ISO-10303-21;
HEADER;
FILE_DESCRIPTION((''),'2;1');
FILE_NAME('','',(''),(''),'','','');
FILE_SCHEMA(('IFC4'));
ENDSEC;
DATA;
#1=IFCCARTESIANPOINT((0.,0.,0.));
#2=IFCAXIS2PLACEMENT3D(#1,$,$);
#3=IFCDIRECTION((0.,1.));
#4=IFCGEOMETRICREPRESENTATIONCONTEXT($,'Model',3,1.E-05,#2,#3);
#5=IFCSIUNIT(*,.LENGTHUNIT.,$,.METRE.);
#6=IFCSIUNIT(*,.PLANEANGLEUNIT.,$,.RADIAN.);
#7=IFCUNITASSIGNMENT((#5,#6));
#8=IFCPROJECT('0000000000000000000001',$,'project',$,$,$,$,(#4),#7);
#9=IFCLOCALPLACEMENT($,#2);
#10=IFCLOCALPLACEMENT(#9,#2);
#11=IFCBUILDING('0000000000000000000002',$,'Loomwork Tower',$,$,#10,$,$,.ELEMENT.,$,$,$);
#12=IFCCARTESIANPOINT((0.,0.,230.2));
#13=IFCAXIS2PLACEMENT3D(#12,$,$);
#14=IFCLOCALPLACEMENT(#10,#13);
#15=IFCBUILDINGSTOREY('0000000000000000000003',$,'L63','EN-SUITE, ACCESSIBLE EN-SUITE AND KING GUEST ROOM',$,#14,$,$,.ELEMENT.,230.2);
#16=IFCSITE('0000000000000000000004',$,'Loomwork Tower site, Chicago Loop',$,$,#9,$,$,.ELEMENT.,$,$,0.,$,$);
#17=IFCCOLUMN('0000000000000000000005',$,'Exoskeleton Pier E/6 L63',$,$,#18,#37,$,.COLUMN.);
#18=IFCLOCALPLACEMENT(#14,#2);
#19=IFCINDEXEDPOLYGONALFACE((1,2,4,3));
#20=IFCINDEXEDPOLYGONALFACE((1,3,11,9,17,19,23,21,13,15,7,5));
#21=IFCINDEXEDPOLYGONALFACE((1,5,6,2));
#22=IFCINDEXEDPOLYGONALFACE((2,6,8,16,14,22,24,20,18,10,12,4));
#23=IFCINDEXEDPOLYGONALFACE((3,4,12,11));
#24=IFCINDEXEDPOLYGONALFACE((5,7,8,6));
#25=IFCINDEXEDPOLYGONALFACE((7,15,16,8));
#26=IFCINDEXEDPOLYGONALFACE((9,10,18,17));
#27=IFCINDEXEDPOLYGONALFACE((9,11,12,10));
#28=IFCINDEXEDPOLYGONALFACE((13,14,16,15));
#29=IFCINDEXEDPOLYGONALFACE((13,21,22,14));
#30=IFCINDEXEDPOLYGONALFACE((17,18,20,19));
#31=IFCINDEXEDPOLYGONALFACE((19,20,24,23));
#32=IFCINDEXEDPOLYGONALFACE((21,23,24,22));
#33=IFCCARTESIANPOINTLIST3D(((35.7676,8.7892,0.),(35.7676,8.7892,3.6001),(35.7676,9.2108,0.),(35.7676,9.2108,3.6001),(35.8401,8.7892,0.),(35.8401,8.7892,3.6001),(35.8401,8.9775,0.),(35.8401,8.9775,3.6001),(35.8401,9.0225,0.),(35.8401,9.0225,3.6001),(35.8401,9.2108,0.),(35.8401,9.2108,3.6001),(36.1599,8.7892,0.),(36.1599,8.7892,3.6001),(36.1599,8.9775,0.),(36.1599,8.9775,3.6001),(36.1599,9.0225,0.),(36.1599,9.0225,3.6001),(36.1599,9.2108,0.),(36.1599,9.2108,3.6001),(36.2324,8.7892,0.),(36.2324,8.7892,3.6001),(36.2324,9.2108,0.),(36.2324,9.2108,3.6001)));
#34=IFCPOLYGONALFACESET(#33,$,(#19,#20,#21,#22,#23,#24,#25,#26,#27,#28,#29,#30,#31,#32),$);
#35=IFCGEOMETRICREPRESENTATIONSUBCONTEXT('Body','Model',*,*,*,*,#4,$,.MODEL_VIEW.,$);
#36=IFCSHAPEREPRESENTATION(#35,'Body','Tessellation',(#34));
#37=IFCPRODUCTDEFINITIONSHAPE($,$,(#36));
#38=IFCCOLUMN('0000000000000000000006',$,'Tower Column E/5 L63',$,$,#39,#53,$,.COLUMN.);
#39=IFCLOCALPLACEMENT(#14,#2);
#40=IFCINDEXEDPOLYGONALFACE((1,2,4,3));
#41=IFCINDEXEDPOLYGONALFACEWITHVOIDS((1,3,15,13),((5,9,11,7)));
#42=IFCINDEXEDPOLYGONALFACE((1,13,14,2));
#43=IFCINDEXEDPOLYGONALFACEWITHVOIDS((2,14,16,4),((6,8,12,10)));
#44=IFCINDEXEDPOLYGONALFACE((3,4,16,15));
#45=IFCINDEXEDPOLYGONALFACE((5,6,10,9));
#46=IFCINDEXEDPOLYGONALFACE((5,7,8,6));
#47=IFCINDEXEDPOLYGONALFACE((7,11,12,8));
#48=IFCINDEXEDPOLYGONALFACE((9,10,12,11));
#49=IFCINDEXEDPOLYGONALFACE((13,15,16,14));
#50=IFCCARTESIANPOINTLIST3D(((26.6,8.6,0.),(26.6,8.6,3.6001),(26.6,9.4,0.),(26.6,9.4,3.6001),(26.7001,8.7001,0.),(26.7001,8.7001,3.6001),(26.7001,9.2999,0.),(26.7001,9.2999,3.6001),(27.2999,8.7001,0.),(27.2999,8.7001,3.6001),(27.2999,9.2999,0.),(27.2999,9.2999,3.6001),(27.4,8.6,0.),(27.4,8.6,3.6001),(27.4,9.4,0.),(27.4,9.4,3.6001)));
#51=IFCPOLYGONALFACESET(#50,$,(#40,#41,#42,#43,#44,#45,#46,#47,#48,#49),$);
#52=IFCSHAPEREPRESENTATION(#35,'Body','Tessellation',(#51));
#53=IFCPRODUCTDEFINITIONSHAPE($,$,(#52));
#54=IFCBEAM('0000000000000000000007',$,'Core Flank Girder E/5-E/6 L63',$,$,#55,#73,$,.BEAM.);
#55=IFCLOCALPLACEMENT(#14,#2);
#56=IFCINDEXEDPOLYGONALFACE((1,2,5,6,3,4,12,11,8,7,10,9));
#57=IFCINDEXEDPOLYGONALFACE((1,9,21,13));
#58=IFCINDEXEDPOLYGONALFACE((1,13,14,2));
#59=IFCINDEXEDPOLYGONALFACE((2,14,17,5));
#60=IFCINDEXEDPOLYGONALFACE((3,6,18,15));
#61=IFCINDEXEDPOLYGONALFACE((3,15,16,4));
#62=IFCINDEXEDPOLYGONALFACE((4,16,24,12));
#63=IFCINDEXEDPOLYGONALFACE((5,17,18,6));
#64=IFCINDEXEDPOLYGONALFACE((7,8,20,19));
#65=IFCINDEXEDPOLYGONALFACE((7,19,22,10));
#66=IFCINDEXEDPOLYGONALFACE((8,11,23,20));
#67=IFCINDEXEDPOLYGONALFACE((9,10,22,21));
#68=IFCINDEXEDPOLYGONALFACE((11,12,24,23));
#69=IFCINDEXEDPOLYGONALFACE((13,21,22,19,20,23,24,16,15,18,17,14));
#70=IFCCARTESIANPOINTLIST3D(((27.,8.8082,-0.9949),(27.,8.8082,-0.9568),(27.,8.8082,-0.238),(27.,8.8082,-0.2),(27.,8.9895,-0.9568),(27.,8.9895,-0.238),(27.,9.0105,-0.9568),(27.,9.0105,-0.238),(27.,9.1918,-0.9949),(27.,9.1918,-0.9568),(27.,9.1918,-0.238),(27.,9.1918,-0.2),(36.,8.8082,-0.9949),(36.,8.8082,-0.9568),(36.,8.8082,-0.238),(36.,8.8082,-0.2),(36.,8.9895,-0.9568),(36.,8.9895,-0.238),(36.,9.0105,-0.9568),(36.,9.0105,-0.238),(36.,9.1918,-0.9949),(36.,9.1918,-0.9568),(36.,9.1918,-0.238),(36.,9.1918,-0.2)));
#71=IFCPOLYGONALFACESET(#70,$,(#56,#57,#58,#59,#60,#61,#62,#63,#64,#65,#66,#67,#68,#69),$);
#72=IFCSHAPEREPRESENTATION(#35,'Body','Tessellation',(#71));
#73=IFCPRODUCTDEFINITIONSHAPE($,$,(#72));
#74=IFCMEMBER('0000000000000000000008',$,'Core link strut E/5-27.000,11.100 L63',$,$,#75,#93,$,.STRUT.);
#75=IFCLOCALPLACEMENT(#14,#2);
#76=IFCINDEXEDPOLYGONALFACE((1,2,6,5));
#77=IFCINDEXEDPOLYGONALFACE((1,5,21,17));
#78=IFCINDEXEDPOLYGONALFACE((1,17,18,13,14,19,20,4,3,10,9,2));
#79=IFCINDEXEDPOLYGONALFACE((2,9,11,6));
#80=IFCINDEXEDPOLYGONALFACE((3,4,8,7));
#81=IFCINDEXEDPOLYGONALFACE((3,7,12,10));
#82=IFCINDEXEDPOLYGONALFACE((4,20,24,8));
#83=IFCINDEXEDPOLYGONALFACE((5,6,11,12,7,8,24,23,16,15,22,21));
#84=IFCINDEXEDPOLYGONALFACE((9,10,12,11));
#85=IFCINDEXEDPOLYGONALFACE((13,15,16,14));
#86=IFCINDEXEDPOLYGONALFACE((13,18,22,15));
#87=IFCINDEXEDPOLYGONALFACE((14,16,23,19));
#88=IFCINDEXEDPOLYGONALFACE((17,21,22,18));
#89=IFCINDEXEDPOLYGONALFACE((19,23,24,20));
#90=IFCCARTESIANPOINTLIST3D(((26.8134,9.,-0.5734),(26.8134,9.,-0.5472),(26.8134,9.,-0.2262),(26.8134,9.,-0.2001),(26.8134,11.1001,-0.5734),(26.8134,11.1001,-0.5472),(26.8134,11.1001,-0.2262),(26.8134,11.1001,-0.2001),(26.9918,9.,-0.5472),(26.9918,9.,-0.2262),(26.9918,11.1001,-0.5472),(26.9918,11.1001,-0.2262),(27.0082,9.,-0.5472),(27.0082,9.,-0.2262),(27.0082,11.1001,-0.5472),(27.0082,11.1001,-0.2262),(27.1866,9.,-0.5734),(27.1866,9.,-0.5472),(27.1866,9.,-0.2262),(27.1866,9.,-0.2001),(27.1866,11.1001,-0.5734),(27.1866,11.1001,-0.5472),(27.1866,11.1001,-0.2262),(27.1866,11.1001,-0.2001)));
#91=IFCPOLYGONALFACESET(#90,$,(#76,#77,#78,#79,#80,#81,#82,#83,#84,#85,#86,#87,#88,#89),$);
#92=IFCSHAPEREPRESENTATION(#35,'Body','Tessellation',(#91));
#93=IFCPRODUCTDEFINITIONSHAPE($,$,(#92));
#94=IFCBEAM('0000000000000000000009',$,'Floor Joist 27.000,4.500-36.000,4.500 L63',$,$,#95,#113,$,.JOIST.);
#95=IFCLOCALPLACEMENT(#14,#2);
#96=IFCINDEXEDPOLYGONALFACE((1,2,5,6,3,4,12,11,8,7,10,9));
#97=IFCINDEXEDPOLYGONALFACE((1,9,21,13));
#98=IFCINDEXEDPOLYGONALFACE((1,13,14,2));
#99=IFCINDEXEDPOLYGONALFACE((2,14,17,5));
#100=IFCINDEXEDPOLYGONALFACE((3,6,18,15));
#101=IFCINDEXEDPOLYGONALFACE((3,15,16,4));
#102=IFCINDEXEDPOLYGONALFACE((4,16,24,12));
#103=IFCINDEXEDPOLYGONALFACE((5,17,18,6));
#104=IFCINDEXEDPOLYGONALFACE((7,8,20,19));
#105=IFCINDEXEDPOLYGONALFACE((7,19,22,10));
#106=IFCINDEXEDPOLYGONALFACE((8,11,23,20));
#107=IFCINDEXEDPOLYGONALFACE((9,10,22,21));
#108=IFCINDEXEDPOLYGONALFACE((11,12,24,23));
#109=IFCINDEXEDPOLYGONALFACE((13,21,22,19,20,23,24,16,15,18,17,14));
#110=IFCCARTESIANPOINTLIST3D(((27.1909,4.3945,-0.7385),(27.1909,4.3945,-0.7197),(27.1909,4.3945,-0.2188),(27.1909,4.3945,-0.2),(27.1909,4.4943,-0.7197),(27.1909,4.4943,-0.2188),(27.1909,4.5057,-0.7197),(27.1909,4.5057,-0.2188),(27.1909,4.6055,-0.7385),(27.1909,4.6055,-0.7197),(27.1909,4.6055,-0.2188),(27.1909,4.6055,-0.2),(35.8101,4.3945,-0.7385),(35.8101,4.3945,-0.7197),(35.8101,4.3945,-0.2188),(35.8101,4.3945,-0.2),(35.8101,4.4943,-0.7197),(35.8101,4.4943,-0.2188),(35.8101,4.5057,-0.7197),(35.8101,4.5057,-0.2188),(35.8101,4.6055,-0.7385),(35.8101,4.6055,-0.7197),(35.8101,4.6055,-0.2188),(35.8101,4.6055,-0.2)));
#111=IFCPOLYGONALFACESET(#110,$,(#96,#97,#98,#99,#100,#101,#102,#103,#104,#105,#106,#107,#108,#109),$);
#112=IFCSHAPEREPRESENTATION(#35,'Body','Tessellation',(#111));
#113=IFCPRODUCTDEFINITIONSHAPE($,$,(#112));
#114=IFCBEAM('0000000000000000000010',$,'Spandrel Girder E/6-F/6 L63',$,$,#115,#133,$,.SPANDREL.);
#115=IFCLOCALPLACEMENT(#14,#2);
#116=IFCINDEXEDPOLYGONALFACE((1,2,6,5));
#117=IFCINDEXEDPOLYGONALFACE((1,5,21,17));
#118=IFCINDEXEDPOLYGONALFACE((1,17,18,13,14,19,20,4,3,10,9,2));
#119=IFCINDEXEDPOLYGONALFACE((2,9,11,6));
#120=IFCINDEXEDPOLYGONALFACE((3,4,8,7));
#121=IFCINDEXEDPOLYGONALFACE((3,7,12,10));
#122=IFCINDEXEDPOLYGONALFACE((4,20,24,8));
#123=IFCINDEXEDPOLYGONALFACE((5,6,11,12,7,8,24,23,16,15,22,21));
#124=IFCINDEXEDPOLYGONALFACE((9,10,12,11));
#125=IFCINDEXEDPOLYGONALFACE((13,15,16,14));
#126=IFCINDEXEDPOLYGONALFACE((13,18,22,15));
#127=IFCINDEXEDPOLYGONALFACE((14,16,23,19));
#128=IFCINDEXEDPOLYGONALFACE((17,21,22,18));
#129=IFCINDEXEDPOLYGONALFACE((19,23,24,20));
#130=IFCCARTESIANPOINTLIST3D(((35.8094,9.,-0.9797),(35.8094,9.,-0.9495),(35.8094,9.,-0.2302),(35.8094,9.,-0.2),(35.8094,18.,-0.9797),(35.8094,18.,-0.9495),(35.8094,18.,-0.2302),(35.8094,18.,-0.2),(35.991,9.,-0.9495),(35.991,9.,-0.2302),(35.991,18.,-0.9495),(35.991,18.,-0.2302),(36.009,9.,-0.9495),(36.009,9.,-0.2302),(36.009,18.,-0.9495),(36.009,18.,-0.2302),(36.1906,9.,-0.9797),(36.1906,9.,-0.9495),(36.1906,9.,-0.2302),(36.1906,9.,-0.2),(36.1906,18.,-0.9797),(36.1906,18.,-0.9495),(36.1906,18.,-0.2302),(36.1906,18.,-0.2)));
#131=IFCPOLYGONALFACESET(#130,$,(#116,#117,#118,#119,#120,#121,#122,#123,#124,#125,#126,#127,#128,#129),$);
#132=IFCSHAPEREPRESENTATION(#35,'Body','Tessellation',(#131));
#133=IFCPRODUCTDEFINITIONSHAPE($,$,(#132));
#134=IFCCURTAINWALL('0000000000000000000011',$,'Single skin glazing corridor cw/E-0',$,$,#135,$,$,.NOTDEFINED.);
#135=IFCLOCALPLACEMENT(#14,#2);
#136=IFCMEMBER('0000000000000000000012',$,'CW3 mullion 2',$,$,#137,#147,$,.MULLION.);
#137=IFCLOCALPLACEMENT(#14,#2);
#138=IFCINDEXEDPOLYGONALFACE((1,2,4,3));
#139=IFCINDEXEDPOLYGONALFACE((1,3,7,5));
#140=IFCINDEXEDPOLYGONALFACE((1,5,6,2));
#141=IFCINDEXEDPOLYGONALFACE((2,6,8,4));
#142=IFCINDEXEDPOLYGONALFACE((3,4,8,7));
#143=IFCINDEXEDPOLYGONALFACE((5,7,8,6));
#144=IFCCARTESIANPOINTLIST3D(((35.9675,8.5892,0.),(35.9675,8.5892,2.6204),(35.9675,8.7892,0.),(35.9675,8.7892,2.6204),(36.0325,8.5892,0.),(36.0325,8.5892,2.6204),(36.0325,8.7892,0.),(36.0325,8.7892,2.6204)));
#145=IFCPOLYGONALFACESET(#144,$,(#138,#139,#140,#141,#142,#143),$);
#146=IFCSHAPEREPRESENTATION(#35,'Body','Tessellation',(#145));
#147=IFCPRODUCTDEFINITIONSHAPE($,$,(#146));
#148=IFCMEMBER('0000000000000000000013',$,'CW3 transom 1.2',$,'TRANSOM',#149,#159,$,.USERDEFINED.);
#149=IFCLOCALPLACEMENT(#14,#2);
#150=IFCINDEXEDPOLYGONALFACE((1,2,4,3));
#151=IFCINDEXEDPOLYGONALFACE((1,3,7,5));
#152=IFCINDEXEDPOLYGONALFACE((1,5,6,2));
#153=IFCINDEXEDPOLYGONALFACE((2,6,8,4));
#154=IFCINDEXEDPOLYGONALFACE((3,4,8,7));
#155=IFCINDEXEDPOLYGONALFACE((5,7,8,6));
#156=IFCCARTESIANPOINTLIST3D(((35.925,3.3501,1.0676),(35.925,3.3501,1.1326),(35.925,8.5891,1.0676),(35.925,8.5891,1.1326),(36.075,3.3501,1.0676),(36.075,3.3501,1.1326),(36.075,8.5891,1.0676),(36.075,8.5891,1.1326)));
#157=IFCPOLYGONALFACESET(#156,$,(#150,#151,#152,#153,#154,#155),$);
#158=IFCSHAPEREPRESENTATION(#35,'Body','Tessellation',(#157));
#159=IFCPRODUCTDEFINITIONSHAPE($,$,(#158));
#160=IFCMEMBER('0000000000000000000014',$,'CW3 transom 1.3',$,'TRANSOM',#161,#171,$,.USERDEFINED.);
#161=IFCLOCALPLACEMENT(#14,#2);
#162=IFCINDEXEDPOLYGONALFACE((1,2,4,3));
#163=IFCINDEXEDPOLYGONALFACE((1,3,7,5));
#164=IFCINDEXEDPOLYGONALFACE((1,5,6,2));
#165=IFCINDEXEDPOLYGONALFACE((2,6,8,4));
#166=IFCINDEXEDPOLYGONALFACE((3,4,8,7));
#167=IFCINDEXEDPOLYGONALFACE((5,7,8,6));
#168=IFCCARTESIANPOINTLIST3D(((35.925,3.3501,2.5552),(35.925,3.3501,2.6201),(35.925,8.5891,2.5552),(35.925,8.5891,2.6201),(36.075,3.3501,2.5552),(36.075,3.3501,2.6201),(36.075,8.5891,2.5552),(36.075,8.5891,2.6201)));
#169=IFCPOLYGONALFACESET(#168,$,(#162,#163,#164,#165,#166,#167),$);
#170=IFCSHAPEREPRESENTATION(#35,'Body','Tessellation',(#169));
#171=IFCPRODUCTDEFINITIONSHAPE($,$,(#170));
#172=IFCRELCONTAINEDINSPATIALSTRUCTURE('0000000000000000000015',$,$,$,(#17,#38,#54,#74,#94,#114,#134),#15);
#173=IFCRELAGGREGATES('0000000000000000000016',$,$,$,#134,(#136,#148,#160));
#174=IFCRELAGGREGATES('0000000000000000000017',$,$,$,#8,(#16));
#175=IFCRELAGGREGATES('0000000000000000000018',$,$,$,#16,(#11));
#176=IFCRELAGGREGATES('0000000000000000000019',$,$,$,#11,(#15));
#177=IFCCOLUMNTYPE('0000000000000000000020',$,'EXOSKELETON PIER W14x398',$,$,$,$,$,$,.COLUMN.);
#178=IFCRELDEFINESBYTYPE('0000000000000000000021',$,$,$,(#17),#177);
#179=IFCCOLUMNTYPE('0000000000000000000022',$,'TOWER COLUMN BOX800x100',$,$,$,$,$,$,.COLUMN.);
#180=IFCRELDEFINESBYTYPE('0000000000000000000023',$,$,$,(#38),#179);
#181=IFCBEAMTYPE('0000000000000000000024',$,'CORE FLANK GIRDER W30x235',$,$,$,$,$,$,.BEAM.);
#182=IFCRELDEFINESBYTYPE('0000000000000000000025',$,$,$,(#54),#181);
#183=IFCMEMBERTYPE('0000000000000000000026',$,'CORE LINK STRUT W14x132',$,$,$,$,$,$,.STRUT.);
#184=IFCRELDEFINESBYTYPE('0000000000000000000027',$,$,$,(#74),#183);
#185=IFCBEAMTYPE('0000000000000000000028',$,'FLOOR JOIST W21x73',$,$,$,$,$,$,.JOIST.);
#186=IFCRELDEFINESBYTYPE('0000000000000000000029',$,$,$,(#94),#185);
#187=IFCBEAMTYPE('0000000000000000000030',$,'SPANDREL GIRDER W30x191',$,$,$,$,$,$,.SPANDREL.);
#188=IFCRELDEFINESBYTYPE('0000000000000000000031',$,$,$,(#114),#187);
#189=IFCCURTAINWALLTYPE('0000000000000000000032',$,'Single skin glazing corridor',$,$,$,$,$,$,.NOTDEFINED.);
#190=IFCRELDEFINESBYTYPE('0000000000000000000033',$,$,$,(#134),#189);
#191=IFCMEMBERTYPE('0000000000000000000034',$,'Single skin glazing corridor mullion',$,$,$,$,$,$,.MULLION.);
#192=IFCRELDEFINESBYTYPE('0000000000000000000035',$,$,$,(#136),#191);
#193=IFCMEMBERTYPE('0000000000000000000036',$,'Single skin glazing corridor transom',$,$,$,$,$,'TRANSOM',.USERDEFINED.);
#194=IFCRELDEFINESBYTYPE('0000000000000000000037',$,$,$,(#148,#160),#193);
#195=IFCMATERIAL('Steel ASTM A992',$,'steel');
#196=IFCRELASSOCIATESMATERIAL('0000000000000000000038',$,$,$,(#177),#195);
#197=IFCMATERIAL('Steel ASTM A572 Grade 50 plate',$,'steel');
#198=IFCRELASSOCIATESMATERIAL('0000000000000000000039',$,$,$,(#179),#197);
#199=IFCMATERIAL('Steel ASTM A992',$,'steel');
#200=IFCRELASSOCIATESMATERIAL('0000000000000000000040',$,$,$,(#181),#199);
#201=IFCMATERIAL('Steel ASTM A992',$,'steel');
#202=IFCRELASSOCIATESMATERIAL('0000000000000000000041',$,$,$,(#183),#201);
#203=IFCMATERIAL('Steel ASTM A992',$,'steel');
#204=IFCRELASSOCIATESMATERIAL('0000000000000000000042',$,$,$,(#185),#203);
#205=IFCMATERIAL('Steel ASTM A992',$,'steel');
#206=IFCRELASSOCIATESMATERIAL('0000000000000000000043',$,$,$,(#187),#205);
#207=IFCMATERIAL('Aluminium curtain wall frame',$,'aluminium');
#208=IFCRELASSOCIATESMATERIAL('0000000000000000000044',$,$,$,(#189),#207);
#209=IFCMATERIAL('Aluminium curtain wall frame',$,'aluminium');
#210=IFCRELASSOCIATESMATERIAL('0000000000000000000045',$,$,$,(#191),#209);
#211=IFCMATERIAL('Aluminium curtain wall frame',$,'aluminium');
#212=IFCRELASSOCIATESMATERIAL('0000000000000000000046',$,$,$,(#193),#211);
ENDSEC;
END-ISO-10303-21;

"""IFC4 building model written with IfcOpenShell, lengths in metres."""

from ifc_helpers import new_model, si_unit, direction, frame, origin, origin_2d, place, context, subcontext, project, spatial, rectangle, hollow_rectangle, i_section, extrude, material, material_profile, profile_set, type_object, element, aggregate, save


model = new_model("IFC4")

# Units and contexts
model_context = context("Model", 3, precision=1e-05, world=origin(), true_north=direction((0.0, 1.0)))
body_context = subcontext(model_context, "Body", "Model", "MODEL_VIEW")
ifc_project = project(units=[si_unit("LENGTHUNIT", "METRE"), si_unit("PLANEANGLEUNIT", "RADIAN")], contexts=[model_context])

# Site, building, storey
site_placement = place(None, origin())
site = spatial("IfcSite", under=ifc_project, at=site_placement, Name="Loomwork Tower site, Chicago Loop", CompositionType="ELEMENT", RefElevation=0.0)
building_placement = place(site_placement, origin())
building = spatial("IfcBuilding", under=site, at=building_placement, Name="Loomwork Tower", CompositionType="ELEMENT")
storey_placement = place(building_placement, frame((0.0, 0.0, 230.2)))
storey = spatial("IfcBuildingStorey", under=building, at=storey_placement, Name="L63", Description="EN-SUITE, ACCESSIBLE EN-SUITE AND KING GUEST ROOM", CompositionType="ELEMENT", Elevation=230.2)

# Columns
ifc_material_1 = material(Name="Steel ASTM A992", Category="steel")
ifc_material_profile_1 = material_profile(ifc_material_1, i_section(OverallWidth=0.4216, OverallDepth=0.4648, WebThickness=0.0449, FlangeThickness=0.0725, at=origin_2d()), Name="W14x398")
ifc_profile_set_1 = profile_set([ifc_material_profile_1], Name="Steel ASTM A992")
column_type_1 = type_object("IfcColumnType", Name="EXOSKELETON PIER W14x398", PredefinedType="COLUMN", material=ifc_profile_set_1)
column_1_placement = place(storey_placement, frame((36.0, 9.0, 0.0), z_axis=(0.0, 0.0, 1.0), x_axis=(0.0, 1.0, 0.0)))
element("IfcColumn", 1, at=column_1_placement, inside=storey, type_object=column_type_1, Name="Exoskeleton Pier E/6 L63", PredefinedType="COLUMN", context=body_context, shape_type="SweptSolid", body=[
    extrude(i_section(OverallWidth=0.4216, OverallDepth=0.4648, WebThickness=0.0449, FlangeThickness=0.0725, at=origin_2d()), origin(), (0.0, 0.0, 1.0), 3.6001),
])
ifc_material_2 = material(Name="Steel ASTM A572 Grade 50 plate", Category="steel")
ifc_material_profile_2 = material_profile(ifc_material_2, hollow_rectangle(XDim=0.8, YDim=0.8, WallThickness=0.1001, at=origin_2d()), Name="BOX800x100")
ifc_profile_set_2 = profile_set([ifc_material_profile_2], Name="Steel ASTM A572 Grade 50 plate")
column_type_2 = type_object("IfcColumnType", Name="TOWER COLUMN BOX800x100", PredefinedType="COLUMN", material=ifc_profile_set_2)
column_2_placement = place(storey_placement, frame((27.0, 9.0, 0.0), z_axis=(0.0, 0.0, 1.0), x_axis=(1.0, 0.0, 0.0)))
element("IfcColumn", 2, at=column_2_placement, inside=storey, type_object=column_type_2, Name="Tower Column E/5 L63", PredefinedType="COLUMN", context=body_context, shape_type="SweptSolid", body=[
    extrude(hollow_rectangle(XDim=0.8, YDim=0.8, WallThickness=0.1001, at=origin_2d()), origin(), (0.0, 0.0, 1.0), 3.6001),
])

# Beam
ifc_material_3 = material(Name="Steel ASTM A992", Category="steel")
ifc_material_profile_3 = material_profile(ifc_material_3, i_section(OverallWidth=0.3835, OverallDepth=0.7949, WebThickness=0.021, FlangeThickness=0.0381, at=origin_2d()), Name="W30x235")
ifc_profile_set_3 = profile_set([ifc_material_profile_3], Name="Steel ASTM A992")
beam_type_1 = type_object("IfcBeamType", Name="CORE FLANK GIRDER W30x235", PredefinedType="BEAM", material=ifc_profile_set_3)
beam_1_placement = place(storey_placement, frame((27.0, 9.0, -0.5974), z_axis=(1.0, 0.0, 0.0), x_axis=(0.0, 1.0, 0.0)))
element("IfcBeam", 3, at=beam_1_placement, inside=storey, type_object=beam_type_1, Name="Core Flank Girder E/5-E/6 L63", PredefinedType="BEAM", context=body_context, shape_type="SweptSolid", body=[
    extrude(i_section(OverallWidth=0.3835, OverallDepth=0.7949, WebThickness=0.021, FlangeThickness=0.0381, at=origin_2d()), origin(), (0.0, 0.0, 1.0), 9.0),
])

# Member
ifc_material_4 = material(Name="Steel ASTM A992", Category="steel")
ifc_material_profile_4 = material_profile(ifc_material_4, i_section(OverallWidth=0.3733, OverallDepth=0.3733, WebThickness=0.0164, FlangeThickness=0.0261, at=origin_2d()), Name="W14x132")
ifc_profile_set_4 = profile_set([ifc_material_profile_4], Name="Steel ASTM A992")
member_type_1 = type_object("IfcMemberType", Name="CORE LINK STRUT W14x132", PredefinedType="STRUT", material=ifc_profile_set_4)
member_1_placement = place(storey_placement, frame((27.0, 9.0, -0.3867), z_axis=(0.0, 1.0, 0.0), x_axis=(-1.0, 0.0, 0.0)))
element("IfcMember", 4, at=member_1_placement, inside=storey, type_object=member_type_1, Name="Core link strut E/5-27.000,11.100 L63", PredefinedType="STRUT", context=body_context, shape_type="SweptSolid", body=[
    extrude(i_section(OverallWidth=0.3733, OverallDepth=0.3733, WebThickness=0.0164, FlangeThickness=0.0261, at=origin_2d()), origin(), (0.0, 0.0, 1.0), 2.1001),
])

# Beams
ifc_material_5 = material(Name="Steel ASTM A992", Category="steel")
ifc_material_profile_5 = material_profile(ifc_material_5, i_section(OverallWidth=0.2109, OverallDepth=0.5386, WebThickness=0.0115, FlangeThickness=0.0188, at=origin_2d()), Name="W21x73")
ifc_profile_set_5 = profile_set([ifc_material_profile_5], Name="Steel ASTM A992")
beam_type_2 = type_object("IfcBeamType", Name="FLOOR JOIST W21x73", PredefinedType="JOIST", material=ifc_profile_set_5)
beam_2_placement = place(storey_placement, frame((27.1909, 4.5, -0.4692), z_axis=(1.0, 0.0, 0.0), x_axis=(0.0, 1.0, 0.0)))
element("IfcBeam", 5, at=beam_2_placement, inside=storey, type_object=beam_type_2, Name="Floor Joist 27.000,4.500-36.000,4.500 L63", PredefinedType="JOIST", context=body_context, shape_type="SweptSolid", body=[
    extrude(i_section(OverallWidth=0.2109, OverallDepth=0.5386, WebThickness=0.0115, FlangeThickness=0.0188, at=origin_2d()), origin(), (0.0, 0.0, 1.0), 8.6191),
])
ifc_material_6 = material(Name="Steel ASTM A992", Category="steel")
ifc_material_profile_6 = material_profile(ifc_material_6, i_section(OverallWidth=0.3811, OverallDepth=0.7798, WebThickness=0.0181, FlangeThickness=0.0303, at=origin_2d()), Name="W30x191")
ifc_profile_set_6 = profile_set([ifc_material_profile_6], Name="Steel ASTM A992")
beam_type_3 = type_object("IfcBeamType", Name="SPANDREL GIRDER W30x191", PredefinedType="SPANDREL", material=ifc_profile_set_6)
beam_3_placement = place(storey_placement, frame((36.0, 9.0, -0.5898), z_axis=(0.0, 1.0, 0.0), x_axis=(-1.0, 0.0, 0.0)))
element("IfcBeam", 6, at=beam_3_placement, inside=storey, type_object=beam_type_3, Name="Spandrel Girder E/6-F/6 L63", PredefinedType="SPANDREL", context=body_context, shape_type="SweptSolid", body=[
    extrude(i_section(OverallWidth=0.3811, OverallDepth=0.7798, WebThickness=0.0181, FlangeThickness=0.0303, at=origin_2d()), origin(), (0.0, 0.0, 1.0), 9.0),
])

# Curtain wall, members
ifc_material_7 = material(Name="Aluminium curtain wall frame", Category="aluminium")
curtain_wall_type = type_object("IfcCurtainWallType", Name="Single skin glazing corridor", PredefinedType="NOTDEFINED", material=ifc_material_7)
curtain_wall_placement = place(storey_placement, origin())
curtain_wall = element("IfcCurtainWall", 7, at=curtain_wall_placement, inside=storey, type_object=curtain_wall_type, Name="Single skin glazing corridor cw/E-0", PredefinedType="NOTDEFINED")
ifc_material_8 = material(Name="Aluminium curtain wall frame", Category="aluminium")
ifc_material_profile_7 = material_profile(ifc_material_8, rectangle(XDim=0.0649, YDim=0.2, at=origin_2d()), Name="AL 65x200")
ifc_profile_set_7 = profile_set([ifc_material_profile_7], Name="Aluminium curtain wall frame")
member_type_2 = type_object("IfcMemberType", Name="Single skin glazing corridor mullion", PredefinedType="MULLION", material=ifc_profile_set_7)
member_2_placement = place(storey_placement, frame((36.0, 8.6892, 0.0), z_axis=(0.0, 0.0, 1.0), x_axis=(-1.0, 0.0, 0.0)))
member_2 = element("IfcMember", 8, at=member_2_placement, type_object=member_type_2, Name="CW3 mullion 2", PredefinedType="MULLION", context=body_context, shape_type="SweptSolid", body=[
    extrude(rectangle(XDim=0.0649, YDim=0.2, at=origin_2d()), origin(), (0.0, 0.0, 1.0), 2.6204),
])
ifc_material_9 = material(Name="Aluminium curtain wall frame", Category="aluminium")
ifc_material_profile_8 = material_profile(ifc_material_9, rectangle(XDim=0.1499, YDim=0.0649, at=origin_2d()), Name="AL 65x150")
ifc_profile_set_8 = profile_set([ifc_material_profile_8], Name="Aluminium curtain wall frame")
member_type_3 = type_object("IfcMemberType", Name="Single skin glazing corridor transom", ElementType="TRANSOM", PredefinedType="USERDEFINED", material=ifc_profile_set_8)
member_3_placement = place(storey_placement, frame((36.0, 3.3501, 1.1001), z_axis=(0.0, 1.0, 0.0), x_axis=(-1.0, 0.0, 0.0)))
member_3 = element("IfcMember", 9, at=member_3_placement, type_object=member_type_3, Name="CW3 transom 1.2", ObjectType="TRANSOM", PredefinedType="USERDEFINED", context=body_context, shape_type="SweptSolid", body=[
    extrude(rectangle(XDim=0.1499, YDim=0.0649, at=origin_2d()), origin(), (0.0, 0.0, 1.0), 5.239),
])
member_4_placement = place(storey_placement, frame((36.0, 3.3501, 2.5876), z_axis=(0.0, 1.0, 0.0), x_axis=(-1.0, 0.0, 0.0)))
member_4 = element("IfcMember", 10, at=member_4_placement, type_object=member_type_3, Name="CW3 transom 1.3", ObjectType="TRANSOM", PredefinedType="USERDEFINED", context=body_context, shape_type="SweptSolid", body=[
    extrude(rectangle(XDim=0.1499, YDim=0.0649, at=origin_2d()), origin(), (0.0, 0.0, 1.0), 5.239),
])
aggregate(curtain_wall, [member_2, member_3, member_4])

save(model, "model.ifc")
